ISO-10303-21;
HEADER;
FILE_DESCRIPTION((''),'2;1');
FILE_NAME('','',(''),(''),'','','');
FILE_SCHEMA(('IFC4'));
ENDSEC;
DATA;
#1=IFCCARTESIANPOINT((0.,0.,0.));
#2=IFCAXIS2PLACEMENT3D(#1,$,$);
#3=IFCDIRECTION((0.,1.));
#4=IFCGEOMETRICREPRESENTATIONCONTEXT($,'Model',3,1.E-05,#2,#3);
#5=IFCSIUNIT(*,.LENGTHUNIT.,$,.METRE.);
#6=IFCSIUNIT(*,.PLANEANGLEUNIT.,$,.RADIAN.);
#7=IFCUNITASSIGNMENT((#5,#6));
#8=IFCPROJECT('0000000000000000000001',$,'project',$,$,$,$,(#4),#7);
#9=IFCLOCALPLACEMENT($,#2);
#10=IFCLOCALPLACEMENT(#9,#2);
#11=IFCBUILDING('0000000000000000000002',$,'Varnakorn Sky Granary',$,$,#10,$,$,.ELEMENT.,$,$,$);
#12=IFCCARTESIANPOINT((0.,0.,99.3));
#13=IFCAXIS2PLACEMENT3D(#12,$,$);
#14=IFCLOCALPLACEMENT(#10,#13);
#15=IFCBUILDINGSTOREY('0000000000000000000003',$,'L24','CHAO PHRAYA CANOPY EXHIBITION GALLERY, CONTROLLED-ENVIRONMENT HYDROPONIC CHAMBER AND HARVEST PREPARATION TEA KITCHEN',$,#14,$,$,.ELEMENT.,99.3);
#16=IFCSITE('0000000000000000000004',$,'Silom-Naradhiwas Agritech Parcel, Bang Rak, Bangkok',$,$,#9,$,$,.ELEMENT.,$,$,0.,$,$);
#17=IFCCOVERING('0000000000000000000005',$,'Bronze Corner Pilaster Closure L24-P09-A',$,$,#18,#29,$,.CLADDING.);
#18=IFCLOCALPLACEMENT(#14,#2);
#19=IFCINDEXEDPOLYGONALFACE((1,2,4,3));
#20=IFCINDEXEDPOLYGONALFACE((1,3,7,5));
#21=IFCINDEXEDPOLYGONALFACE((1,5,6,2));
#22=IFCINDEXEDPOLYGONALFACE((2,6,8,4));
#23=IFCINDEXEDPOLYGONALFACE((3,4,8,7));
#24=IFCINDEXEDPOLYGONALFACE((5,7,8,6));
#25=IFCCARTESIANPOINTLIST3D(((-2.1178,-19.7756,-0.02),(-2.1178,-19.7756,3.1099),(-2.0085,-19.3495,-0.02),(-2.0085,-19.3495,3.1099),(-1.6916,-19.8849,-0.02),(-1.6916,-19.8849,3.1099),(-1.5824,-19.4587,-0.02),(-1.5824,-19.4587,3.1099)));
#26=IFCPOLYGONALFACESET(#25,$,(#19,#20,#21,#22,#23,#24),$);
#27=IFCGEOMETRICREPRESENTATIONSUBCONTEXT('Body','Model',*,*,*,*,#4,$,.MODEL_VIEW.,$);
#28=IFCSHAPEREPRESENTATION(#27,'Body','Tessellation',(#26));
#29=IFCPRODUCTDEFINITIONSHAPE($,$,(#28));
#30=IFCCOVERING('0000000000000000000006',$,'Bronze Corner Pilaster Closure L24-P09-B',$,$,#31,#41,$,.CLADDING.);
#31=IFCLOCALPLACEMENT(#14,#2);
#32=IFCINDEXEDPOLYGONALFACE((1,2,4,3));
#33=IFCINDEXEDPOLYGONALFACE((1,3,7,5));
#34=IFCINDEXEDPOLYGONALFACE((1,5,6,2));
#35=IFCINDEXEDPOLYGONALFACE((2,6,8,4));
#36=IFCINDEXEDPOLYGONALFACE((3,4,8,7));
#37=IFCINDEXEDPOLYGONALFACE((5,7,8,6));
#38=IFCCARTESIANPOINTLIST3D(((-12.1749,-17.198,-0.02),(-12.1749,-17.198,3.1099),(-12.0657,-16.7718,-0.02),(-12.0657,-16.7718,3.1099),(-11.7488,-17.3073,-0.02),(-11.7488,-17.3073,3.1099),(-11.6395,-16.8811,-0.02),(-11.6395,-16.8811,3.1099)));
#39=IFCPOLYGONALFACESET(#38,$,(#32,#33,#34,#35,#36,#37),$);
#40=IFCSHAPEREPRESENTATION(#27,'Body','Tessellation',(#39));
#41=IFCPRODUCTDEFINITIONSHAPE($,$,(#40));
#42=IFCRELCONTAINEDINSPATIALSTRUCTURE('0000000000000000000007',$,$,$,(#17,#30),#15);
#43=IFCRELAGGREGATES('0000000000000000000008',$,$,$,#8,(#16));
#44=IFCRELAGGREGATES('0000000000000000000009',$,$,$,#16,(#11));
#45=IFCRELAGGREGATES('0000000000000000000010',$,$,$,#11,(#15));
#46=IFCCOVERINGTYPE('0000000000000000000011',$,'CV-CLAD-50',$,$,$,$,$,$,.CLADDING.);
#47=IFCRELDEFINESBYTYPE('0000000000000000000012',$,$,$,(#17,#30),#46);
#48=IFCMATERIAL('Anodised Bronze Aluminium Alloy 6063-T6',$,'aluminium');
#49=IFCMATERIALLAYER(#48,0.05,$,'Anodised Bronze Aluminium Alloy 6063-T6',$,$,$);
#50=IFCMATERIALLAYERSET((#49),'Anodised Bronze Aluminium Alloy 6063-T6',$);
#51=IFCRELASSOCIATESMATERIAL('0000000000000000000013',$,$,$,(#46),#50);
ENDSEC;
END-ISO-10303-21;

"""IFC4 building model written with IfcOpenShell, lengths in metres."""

from ifc_helpers import new_model, si_unit, direction, frame, origin, origin_2d, place, context, subcontext, project, spatial, rectangle, extrude, source, transform, mapped, material, layer, layer_set, type_object, type_shapes, element, save


model = new_model("IFC4")

# Units and contexts
model_context = context("Model", 3, precision=1e-05, world=origin(), true_north=direction((0.0, 1.0)))
body_context = subcontext(model_context, "Body", "Model", "MODEL_VIEW")
ifc_project = project(units=[si_unit("LENGTHUNIT", "METRE"), si_unit("PLANEANGLEUNIT", "RADIAN")], contexts=[model_context])

# Site, building, storey
site_placement = place(None, origin())
site = spatial("IfcSite", under=ifc_project, at=site_placement, Name="Silom-Naradhiwas Agritech Parcel, Bang Rak, Bangkok", CompositionType="ELEMENT", RefElevation=0.0)
building_placement = place(site_placement, origin())
building = spatial("IfcBuilding", under=site, at=building_placement, Name="Varnakorn Sky Granary", CompositionType="ELEMENT")
storey_placement = place(building_placement, frame((0.0, 0.0, 99.3)))
storey = spatial("IfcBuildingStorey", under=building, at=storey_placement, Name="L24", Description="CHAO PHRAYA CANOPY EXHIBITION GALLERY, CONTROLLED-ENVIRONMENT HYDROPONIC CHAMBER AND HARVEST PREPARATION TEA KITCHEN", CompositionType="ELEMENT", Elevation=99.3)

# Shared definitions
ifc_material_1 = material(Name="Anodised Bronze Aluminium Alloy 6063-T6", Category="aluminium")

# Coverings
ifc_layer_1 = layer(ifc_material_1, 0.05, Name="Anodised Bronze Aluminium Alloy 6063-T6")
ifc_layer_set_1 = layer_set([ifc_layer_1], Name="Anodised Bronze Aluminium Alloy 6063-T6")
covering_type = type_object("IfcCoveringType", Name="CV-CLAD-50", PredefinedType="CLADDING", material=ifc_layer_set_1)
shared_shape_1 = source(origin(), body_context, "Body", "SweptSolid", [
    extrude(rectangle(XDim=0.4399, YDim=0.4399, at=origin_2d()), origin(), (0.0, 0.0, 1.0), 3.1299),
])
type_shapes(covering_type, [shared_shape_1])
for number, where, z_axis, x_axis, name in (
    (1, (-1.8501, -19.6172, -0.02), (0.0, 0.0, 1.0), (-0.96867, 0.248352, 0.0), "Bronze Corner Pilaster Closure L24-P09-A"),
    (2, (-11.9072, -17.0396, -0.02), (0.0, 0.0, 1.0), (-0.96867, 0.248352, 0.0), "Bronze Corner Pilaster Closure L24-P09-B"),
):
    element("IfcCovering", number, at=place(storey_placement, frame(where, z_axis=z_axis, x_axis=x_axis)), inside=storey, type_object=covering_type, Name=name, PredefinedType="CLADDING", context=body_context, shape_type="MappedRepresentation", body=[
        mapped(shared_shape_1, transform((0.0, 0.0, 0.0), x_axis=(1.0, 0.0, 0.0), y_axis=(0.0, 1.0, 0.0), z_axis=(0.0, 0.0, 1.0), scale=1.0)),
    ])

save(model, "model.ifc")
